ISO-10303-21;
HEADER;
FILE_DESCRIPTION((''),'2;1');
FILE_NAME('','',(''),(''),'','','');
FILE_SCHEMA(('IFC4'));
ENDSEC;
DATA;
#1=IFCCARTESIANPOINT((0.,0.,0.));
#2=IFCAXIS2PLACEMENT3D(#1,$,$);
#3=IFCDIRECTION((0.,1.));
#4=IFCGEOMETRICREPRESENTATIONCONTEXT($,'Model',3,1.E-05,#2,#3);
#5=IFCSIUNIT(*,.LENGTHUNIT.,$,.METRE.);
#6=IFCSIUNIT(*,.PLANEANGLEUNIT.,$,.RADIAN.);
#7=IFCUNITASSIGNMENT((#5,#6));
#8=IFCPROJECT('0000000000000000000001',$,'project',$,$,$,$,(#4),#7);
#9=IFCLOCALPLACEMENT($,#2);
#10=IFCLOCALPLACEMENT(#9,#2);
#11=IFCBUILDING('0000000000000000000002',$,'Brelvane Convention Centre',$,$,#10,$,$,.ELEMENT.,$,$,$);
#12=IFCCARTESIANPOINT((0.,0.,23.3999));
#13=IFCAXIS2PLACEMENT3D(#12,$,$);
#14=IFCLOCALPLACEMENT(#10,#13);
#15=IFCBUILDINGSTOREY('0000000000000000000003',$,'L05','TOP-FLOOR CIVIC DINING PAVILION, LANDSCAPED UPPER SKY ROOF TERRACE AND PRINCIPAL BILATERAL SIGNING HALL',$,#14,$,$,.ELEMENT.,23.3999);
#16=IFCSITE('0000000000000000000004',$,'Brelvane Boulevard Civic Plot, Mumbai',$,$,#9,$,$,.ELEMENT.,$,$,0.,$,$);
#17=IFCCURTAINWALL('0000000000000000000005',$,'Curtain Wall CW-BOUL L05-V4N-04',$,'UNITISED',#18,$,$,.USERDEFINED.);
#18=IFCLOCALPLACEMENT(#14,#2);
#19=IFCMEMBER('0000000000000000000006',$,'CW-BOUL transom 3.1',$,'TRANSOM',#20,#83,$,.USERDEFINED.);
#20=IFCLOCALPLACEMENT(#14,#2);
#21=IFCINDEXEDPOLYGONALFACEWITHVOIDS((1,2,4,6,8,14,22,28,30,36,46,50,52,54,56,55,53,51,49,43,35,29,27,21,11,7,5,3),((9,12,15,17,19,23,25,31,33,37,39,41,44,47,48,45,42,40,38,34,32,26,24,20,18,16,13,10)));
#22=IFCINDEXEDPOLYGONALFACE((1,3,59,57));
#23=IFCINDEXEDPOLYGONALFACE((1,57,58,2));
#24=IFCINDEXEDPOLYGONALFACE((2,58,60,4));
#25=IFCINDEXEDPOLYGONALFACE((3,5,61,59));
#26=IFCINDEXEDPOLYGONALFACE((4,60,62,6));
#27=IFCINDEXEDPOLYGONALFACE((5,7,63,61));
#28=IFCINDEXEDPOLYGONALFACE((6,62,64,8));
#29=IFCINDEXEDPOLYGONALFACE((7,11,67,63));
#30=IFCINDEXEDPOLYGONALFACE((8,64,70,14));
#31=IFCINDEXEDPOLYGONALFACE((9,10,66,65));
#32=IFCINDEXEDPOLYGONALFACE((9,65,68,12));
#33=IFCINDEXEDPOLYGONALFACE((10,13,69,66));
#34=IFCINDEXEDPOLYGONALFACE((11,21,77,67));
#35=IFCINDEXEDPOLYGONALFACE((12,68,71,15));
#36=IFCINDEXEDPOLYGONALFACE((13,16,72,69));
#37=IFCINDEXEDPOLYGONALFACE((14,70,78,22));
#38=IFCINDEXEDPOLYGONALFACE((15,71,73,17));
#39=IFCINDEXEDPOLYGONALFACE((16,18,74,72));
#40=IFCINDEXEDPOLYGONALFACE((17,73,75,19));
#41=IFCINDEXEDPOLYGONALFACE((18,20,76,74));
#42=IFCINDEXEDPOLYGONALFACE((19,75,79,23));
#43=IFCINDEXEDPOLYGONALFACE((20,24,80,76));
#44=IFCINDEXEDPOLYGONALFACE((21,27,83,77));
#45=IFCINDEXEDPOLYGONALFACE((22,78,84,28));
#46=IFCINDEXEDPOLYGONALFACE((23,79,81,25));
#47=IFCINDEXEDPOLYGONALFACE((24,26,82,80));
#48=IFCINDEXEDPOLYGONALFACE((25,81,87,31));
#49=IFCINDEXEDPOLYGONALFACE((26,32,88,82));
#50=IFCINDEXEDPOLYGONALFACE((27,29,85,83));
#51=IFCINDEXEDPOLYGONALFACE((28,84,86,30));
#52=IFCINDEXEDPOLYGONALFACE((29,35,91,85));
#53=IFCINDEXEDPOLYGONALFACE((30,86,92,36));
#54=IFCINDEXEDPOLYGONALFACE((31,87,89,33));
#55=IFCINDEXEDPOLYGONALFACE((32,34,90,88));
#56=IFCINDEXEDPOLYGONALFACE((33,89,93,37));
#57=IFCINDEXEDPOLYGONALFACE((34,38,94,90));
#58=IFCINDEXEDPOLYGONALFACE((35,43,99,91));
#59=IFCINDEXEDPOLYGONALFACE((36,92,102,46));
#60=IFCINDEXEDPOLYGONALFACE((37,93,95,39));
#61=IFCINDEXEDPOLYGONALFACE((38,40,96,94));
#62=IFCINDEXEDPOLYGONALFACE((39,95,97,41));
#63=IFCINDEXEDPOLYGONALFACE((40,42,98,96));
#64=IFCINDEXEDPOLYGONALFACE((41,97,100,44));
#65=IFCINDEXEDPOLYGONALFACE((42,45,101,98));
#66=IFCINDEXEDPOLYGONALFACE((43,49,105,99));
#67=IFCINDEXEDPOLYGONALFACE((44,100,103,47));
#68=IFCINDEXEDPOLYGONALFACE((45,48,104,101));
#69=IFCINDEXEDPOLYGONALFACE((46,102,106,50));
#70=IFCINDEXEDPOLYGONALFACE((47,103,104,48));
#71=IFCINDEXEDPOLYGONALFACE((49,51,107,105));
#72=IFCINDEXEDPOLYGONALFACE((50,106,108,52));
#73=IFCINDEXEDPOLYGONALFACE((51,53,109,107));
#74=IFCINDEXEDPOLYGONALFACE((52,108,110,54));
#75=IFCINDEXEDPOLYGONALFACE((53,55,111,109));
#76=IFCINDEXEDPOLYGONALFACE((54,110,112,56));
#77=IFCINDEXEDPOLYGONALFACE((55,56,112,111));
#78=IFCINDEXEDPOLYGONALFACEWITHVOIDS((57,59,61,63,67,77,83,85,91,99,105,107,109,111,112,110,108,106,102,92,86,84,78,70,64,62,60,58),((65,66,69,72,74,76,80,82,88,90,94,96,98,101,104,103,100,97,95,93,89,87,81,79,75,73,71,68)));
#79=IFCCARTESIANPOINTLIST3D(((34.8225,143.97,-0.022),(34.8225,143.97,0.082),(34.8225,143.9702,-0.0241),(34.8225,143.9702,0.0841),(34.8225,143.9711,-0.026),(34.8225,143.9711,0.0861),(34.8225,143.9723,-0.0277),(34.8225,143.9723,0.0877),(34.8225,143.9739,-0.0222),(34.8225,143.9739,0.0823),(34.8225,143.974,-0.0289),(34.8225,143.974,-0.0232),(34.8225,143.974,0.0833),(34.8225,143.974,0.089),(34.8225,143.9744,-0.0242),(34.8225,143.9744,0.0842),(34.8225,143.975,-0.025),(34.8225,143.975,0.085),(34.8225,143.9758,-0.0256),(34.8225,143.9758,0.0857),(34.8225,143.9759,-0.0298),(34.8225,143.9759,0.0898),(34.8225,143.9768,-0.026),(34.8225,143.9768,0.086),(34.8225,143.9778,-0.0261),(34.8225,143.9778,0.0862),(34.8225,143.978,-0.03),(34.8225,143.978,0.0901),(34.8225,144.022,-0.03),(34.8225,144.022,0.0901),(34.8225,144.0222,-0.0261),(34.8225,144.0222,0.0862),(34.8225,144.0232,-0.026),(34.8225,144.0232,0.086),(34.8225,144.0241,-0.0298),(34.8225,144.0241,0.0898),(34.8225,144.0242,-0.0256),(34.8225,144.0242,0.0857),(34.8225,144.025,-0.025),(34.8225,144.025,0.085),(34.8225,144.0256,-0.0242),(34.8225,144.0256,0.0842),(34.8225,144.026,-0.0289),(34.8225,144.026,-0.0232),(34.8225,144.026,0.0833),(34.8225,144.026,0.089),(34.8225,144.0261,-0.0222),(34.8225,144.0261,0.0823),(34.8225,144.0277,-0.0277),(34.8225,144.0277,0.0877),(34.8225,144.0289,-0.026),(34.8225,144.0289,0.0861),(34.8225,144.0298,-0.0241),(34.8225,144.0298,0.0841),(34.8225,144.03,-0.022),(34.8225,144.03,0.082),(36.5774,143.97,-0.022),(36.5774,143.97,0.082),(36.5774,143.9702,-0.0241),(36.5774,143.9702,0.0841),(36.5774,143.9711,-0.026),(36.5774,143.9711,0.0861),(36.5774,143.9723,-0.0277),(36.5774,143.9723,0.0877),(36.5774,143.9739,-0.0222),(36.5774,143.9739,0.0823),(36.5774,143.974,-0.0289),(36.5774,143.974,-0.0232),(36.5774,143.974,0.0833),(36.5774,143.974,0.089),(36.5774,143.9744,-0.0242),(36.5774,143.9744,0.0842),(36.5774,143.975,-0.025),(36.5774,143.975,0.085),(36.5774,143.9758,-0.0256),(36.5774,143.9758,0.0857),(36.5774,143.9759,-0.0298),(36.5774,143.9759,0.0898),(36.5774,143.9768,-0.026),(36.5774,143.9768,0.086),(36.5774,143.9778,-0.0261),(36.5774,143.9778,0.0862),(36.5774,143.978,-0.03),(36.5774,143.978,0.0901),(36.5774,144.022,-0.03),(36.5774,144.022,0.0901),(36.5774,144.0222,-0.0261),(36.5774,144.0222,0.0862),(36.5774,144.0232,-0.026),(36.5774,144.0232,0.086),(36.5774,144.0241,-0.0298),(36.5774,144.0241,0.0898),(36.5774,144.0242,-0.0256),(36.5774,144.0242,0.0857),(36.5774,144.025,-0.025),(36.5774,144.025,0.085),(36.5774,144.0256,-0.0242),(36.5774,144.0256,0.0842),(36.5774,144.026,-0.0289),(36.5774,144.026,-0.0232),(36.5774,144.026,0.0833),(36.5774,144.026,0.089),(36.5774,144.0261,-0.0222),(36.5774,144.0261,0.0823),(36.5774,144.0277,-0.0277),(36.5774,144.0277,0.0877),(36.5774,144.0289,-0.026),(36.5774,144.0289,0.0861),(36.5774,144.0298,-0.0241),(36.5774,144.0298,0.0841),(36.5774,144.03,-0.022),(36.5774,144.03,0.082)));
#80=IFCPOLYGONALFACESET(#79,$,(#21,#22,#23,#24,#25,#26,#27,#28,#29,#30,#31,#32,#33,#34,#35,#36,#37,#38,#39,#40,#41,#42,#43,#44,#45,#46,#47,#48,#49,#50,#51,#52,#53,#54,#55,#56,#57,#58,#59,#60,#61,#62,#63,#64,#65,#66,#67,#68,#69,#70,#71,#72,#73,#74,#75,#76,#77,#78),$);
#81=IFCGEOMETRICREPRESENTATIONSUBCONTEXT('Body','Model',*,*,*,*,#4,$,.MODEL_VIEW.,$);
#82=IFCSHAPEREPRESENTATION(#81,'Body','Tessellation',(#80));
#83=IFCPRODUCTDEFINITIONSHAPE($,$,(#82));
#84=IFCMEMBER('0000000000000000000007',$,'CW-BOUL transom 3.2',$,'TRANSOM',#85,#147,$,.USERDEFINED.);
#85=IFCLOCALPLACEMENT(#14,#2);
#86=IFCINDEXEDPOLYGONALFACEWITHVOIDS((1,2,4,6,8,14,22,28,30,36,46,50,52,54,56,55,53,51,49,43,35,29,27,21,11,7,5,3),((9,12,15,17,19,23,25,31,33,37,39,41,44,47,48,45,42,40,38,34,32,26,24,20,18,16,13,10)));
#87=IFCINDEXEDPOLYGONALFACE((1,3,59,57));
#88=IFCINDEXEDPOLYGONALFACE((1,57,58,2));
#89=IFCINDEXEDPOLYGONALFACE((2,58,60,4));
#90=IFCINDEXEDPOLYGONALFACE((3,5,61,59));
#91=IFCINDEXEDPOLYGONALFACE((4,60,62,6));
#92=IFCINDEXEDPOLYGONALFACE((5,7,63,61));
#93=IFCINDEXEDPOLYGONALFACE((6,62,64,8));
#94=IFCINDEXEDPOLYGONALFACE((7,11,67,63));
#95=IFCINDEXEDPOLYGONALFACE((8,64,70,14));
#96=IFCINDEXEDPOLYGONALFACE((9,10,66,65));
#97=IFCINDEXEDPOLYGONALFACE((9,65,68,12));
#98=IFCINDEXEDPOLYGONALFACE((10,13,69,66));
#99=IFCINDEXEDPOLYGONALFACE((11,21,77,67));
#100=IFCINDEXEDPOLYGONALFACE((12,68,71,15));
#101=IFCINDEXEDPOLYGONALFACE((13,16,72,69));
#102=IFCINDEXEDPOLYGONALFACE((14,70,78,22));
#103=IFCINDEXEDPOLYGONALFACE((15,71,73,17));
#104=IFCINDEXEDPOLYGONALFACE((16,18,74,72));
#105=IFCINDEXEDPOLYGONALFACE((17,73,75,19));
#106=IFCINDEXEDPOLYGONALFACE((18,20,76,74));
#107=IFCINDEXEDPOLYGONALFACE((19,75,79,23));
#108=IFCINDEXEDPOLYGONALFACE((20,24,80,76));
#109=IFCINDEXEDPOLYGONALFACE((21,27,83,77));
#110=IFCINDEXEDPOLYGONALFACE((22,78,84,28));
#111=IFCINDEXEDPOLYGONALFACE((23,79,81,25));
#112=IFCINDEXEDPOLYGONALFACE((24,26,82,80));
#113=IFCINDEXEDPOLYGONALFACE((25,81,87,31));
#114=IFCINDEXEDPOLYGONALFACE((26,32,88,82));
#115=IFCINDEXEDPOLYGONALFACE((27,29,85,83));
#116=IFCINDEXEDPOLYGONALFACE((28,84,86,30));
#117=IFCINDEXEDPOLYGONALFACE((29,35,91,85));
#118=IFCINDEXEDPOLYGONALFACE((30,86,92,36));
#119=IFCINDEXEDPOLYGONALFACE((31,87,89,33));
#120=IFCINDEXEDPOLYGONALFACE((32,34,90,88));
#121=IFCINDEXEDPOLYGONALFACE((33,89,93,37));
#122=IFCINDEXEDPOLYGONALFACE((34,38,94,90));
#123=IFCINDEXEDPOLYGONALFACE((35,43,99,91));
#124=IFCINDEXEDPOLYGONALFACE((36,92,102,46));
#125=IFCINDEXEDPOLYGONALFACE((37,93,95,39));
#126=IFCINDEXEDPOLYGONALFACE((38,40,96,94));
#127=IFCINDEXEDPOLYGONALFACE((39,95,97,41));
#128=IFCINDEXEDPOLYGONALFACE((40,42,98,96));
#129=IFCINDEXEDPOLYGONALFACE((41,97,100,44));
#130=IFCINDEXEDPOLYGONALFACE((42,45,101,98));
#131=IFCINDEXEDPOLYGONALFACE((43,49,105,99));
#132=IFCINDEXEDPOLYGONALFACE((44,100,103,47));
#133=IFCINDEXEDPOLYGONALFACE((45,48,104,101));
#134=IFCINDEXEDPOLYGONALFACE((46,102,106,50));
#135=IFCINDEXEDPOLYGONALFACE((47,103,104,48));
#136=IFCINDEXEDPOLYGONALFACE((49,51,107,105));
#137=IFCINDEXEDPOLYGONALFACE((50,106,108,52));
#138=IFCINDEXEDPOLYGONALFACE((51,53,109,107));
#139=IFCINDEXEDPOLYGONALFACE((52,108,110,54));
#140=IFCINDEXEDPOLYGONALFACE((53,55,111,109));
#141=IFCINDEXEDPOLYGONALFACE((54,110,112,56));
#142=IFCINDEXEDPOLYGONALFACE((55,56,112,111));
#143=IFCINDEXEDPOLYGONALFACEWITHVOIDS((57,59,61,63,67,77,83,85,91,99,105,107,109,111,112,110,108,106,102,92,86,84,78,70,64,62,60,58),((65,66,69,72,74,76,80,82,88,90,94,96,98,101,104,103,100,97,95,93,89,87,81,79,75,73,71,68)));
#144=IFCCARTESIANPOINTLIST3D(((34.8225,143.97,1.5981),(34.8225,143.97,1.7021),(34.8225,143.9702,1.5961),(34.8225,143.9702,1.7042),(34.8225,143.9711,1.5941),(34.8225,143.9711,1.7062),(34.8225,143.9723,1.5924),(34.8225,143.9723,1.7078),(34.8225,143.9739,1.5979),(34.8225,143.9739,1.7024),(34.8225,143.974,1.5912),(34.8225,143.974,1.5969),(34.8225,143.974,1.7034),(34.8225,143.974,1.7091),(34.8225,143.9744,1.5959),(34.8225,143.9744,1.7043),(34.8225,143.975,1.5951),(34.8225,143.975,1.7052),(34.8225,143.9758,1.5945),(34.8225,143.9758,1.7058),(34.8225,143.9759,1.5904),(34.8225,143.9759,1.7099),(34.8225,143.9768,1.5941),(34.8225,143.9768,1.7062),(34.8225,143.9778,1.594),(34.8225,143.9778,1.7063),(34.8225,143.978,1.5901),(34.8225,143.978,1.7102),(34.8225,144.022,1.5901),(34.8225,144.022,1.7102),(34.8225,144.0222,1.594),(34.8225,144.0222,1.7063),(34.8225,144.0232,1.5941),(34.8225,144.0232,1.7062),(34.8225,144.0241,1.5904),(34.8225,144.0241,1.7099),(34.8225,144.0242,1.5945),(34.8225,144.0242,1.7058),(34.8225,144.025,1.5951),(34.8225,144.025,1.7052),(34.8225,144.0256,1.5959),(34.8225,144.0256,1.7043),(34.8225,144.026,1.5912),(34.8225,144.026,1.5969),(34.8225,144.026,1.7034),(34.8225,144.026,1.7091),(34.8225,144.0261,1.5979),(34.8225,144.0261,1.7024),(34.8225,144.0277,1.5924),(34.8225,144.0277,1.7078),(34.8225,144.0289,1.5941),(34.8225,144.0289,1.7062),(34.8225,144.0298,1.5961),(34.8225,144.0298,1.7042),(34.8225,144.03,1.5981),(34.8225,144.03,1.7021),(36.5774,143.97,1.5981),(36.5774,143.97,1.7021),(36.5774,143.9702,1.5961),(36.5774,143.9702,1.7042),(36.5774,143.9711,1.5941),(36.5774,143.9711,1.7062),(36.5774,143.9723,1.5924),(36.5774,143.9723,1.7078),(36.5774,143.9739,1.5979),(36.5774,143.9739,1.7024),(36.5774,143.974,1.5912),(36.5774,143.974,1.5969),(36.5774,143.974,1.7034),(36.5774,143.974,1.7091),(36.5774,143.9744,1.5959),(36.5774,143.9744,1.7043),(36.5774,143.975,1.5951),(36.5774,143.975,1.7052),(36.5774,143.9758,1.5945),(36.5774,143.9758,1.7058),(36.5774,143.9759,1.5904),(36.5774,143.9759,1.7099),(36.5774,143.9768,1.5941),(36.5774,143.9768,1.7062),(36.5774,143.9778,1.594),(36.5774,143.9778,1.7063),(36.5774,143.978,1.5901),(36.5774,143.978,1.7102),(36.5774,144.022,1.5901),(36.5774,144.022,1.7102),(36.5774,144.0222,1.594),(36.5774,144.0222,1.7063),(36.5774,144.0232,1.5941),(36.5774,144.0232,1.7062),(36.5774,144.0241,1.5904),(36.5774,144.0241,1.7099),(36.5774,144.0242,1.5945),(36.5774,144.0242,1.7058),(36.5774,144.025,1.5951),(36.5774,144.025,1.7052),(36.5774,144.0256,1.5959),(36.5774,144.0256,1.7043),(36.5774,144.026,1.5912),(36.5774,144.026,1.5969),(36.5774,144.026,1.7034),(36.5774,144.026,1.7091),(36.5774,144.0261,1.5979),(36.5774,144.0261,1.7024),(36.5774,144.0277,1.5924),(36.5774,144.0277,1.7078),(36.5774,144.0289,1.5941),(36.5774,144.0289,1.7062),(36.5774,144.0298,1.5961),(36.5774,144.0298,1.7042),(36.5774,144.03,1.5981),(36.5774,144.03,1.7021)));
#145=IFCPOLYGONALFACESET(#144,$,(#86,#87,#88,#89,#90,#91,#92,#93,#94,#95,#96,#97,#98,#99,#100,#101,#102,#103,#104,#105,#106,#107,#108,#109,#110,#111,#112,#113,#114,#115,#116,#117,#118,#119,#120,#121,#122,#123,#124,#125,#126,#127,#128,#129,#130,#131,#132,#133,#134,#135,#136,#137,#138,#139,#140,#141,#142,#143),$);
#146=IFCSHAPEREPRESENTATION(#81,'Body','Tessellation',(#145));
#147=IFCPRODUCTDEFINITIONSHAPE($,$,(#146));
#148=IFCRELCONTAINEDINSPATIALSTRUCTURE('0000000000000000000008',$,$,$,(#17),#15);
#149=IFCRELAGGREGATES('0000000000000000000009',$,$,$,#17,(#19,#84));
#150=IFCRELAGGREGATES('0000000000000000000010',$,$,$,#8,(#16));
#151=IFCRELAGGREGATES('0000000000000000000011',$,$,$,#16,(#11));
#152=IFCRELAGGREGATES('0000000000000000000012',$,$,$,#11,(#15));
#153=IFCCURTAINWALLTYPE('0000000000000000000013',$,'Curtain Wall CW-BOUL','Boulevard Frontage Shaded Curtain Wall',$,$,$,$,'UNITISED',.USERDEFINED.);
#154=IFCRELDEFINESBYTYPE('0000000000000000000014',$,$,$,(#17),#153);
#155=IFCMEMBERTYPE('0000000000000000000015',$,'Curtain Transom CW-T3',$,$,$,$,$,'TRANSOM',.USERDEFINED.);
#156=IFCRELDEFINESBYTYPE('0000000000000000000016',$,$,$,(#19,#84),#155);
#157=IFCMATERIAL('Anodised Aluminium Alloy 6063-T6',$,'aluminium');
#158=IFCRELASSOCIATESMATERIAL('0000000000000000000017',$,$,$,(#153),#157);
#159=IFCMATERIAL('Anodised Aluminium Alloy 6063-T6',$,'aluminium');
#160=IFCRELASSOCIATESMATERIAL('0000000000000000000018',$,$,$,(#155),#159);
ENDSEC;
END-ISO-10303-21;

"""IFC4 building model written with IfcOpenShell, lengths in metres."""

from ifc_helpers import new_model, si_unit, direction, frame, origin, origin_2d, place, context, subcontext, project, spatial, hollow_rectangle, extrude, material, material_profile, profile_set, type_object, element, aggregate, save


model = new_model("IFC4")

# Units and contexts
model_context = context("Model", 3, precision=1e-05, world=origin(), true_north=direction((0.0, 1.0)))
body_context = subcontext(model_context, "Body", "Model", "MODEL_VIEW")
ifc_project = project(units=[si_unit("LENGTHUNIT", "METRE"), si_unit("PLANEANGLEUNIT", "RADIAN")], contexts=[model_context])

# Site, building, storey
site_placement = place(None, origin())
site = spatial("IfcSite", under=ifc_project, at=site_placement, Name="Brelvane Boulevard Civic Plot, Mumbai", CompositionType="ELEMENT", RefElevation=0.0)
building_placement = place(site_placement, origin())
building = spatial("IfcBuilding", under=site, at=building_placement, Name="Brelvane Convention Centre", CompositionType="ELEMENT")
storey_placement = place(building_placement, frame((0.0, 0.0, 23.3999)))
storey = spatial("IfcBuildingStorey", under=building, at=storey_placement, Name="L05", Description="TOP-FLOOR CIVIC DINING PAVILION, LANDSCAPED UPPER SKY ROOF TERRACE AND PRINCIPAL BILATERAL SIGNING HALL", CompositionType="ELEMENT", Elevation=23.3999)

# Curtain wall, members
ifc_material_1 = material(Name="Anodised Aluminium Alloy 6063-T6", Category="aluminium")
curtain_wall_type = type_object("IfcCurtainWallType", Name="Curtain Wall CW-BOUL", Description="Boulevard Frontage Shaded Curtain Wall", ElementType="UNITISED", PredefinedType="USERDEFINED", material=ifc_material_1)
curtain_wall_placement = place(storey_placement, origin())
curtain_wall = element("IfcCurtainWall", 1, at=curtain_wall_placement, inside=storey, type_object=curtain_wall_type, Name="Curtain Wall CW-BOUL L05-V4N-04", ObjectType="UNITISED", PredefinedType="USERDEFINED")
ifc_material_2 = material(Name="Anodised Aluminium Alloy 6063-T6", Category="aluminium")
ifc_material_profile_1 = material_profile(ifc_material_2, hollow_rectangle(XDim=0.0601, YDim=0.1201, WallThickness=0.0039, InnerFilletRadius=0.0039, OuterFilletRadius=0.0081, at=origin_2d()), Name="ALU-T 120x60x4.0")
ifc_profile_set_1 = profile_set([ifc_material_profile_1], Name="Anodised Aluminium Alloy 6063-T6")
member_type_1 = type_object("IfcMemberType", Name="Curtain Transom CW-T3", ElementType="TRANSOM", PredefinedType="USERDEFINED", material=ifc_profile_set_1)
member_1_placement = place(storey_placement, frame((34.8225, 144.0, 0.03), z_axis=(1.0, 0.0, 0.0), x_axis=(0.0, 1.0, 0.0)))
member_1 = element("IfcMember", 2, at=member_1_placement, type_object=member_type_1, Name="CW-BOUL transom 3.1", ObjectType="TRANSOM", PredefinedType="USERDEFINED", context=body_context, shape_type="SweptSolid", body=[
    extrude(hollow_rectangle(XDim=0.0601, YDim=0.1201, WallThickness=0.0039, InnerFilletRadius=0.0039, OuterFilletRadius=0.0081, at=origin_2d()), origin(), (0.0, 0.0, 1.0), 1.7549),
])
member_2_placement = place(storey_placement, frame((34.8225, 144.0, 1.6501), z_axis=(1.0, 0.0, 0.0), x_axis=(0.0, 1.0, 0.0)))
member_2 = element("IfcMember", 3, at=member_2_placement, type_object=member_type_1, Name="CW-BOUL transom 3.2", ObjectType="TRANSOM", PredefinedType="USERDEFINED", context=body_context, shape_type="SweptSolid", body=[
    extrude(hollow_rectangle(XDim=0.0601, YDim=0.1201, WallThickness=0.0039, InnerFilletRadius=0.0039, OuterFilletRadius=0.0081, at=origin_2d()), origin(), (0.0, 0.0, 1.0), 1.7549),
])
aggregate(curtain_wall, [member_1, member_2])

save(model, "model.ifc")
